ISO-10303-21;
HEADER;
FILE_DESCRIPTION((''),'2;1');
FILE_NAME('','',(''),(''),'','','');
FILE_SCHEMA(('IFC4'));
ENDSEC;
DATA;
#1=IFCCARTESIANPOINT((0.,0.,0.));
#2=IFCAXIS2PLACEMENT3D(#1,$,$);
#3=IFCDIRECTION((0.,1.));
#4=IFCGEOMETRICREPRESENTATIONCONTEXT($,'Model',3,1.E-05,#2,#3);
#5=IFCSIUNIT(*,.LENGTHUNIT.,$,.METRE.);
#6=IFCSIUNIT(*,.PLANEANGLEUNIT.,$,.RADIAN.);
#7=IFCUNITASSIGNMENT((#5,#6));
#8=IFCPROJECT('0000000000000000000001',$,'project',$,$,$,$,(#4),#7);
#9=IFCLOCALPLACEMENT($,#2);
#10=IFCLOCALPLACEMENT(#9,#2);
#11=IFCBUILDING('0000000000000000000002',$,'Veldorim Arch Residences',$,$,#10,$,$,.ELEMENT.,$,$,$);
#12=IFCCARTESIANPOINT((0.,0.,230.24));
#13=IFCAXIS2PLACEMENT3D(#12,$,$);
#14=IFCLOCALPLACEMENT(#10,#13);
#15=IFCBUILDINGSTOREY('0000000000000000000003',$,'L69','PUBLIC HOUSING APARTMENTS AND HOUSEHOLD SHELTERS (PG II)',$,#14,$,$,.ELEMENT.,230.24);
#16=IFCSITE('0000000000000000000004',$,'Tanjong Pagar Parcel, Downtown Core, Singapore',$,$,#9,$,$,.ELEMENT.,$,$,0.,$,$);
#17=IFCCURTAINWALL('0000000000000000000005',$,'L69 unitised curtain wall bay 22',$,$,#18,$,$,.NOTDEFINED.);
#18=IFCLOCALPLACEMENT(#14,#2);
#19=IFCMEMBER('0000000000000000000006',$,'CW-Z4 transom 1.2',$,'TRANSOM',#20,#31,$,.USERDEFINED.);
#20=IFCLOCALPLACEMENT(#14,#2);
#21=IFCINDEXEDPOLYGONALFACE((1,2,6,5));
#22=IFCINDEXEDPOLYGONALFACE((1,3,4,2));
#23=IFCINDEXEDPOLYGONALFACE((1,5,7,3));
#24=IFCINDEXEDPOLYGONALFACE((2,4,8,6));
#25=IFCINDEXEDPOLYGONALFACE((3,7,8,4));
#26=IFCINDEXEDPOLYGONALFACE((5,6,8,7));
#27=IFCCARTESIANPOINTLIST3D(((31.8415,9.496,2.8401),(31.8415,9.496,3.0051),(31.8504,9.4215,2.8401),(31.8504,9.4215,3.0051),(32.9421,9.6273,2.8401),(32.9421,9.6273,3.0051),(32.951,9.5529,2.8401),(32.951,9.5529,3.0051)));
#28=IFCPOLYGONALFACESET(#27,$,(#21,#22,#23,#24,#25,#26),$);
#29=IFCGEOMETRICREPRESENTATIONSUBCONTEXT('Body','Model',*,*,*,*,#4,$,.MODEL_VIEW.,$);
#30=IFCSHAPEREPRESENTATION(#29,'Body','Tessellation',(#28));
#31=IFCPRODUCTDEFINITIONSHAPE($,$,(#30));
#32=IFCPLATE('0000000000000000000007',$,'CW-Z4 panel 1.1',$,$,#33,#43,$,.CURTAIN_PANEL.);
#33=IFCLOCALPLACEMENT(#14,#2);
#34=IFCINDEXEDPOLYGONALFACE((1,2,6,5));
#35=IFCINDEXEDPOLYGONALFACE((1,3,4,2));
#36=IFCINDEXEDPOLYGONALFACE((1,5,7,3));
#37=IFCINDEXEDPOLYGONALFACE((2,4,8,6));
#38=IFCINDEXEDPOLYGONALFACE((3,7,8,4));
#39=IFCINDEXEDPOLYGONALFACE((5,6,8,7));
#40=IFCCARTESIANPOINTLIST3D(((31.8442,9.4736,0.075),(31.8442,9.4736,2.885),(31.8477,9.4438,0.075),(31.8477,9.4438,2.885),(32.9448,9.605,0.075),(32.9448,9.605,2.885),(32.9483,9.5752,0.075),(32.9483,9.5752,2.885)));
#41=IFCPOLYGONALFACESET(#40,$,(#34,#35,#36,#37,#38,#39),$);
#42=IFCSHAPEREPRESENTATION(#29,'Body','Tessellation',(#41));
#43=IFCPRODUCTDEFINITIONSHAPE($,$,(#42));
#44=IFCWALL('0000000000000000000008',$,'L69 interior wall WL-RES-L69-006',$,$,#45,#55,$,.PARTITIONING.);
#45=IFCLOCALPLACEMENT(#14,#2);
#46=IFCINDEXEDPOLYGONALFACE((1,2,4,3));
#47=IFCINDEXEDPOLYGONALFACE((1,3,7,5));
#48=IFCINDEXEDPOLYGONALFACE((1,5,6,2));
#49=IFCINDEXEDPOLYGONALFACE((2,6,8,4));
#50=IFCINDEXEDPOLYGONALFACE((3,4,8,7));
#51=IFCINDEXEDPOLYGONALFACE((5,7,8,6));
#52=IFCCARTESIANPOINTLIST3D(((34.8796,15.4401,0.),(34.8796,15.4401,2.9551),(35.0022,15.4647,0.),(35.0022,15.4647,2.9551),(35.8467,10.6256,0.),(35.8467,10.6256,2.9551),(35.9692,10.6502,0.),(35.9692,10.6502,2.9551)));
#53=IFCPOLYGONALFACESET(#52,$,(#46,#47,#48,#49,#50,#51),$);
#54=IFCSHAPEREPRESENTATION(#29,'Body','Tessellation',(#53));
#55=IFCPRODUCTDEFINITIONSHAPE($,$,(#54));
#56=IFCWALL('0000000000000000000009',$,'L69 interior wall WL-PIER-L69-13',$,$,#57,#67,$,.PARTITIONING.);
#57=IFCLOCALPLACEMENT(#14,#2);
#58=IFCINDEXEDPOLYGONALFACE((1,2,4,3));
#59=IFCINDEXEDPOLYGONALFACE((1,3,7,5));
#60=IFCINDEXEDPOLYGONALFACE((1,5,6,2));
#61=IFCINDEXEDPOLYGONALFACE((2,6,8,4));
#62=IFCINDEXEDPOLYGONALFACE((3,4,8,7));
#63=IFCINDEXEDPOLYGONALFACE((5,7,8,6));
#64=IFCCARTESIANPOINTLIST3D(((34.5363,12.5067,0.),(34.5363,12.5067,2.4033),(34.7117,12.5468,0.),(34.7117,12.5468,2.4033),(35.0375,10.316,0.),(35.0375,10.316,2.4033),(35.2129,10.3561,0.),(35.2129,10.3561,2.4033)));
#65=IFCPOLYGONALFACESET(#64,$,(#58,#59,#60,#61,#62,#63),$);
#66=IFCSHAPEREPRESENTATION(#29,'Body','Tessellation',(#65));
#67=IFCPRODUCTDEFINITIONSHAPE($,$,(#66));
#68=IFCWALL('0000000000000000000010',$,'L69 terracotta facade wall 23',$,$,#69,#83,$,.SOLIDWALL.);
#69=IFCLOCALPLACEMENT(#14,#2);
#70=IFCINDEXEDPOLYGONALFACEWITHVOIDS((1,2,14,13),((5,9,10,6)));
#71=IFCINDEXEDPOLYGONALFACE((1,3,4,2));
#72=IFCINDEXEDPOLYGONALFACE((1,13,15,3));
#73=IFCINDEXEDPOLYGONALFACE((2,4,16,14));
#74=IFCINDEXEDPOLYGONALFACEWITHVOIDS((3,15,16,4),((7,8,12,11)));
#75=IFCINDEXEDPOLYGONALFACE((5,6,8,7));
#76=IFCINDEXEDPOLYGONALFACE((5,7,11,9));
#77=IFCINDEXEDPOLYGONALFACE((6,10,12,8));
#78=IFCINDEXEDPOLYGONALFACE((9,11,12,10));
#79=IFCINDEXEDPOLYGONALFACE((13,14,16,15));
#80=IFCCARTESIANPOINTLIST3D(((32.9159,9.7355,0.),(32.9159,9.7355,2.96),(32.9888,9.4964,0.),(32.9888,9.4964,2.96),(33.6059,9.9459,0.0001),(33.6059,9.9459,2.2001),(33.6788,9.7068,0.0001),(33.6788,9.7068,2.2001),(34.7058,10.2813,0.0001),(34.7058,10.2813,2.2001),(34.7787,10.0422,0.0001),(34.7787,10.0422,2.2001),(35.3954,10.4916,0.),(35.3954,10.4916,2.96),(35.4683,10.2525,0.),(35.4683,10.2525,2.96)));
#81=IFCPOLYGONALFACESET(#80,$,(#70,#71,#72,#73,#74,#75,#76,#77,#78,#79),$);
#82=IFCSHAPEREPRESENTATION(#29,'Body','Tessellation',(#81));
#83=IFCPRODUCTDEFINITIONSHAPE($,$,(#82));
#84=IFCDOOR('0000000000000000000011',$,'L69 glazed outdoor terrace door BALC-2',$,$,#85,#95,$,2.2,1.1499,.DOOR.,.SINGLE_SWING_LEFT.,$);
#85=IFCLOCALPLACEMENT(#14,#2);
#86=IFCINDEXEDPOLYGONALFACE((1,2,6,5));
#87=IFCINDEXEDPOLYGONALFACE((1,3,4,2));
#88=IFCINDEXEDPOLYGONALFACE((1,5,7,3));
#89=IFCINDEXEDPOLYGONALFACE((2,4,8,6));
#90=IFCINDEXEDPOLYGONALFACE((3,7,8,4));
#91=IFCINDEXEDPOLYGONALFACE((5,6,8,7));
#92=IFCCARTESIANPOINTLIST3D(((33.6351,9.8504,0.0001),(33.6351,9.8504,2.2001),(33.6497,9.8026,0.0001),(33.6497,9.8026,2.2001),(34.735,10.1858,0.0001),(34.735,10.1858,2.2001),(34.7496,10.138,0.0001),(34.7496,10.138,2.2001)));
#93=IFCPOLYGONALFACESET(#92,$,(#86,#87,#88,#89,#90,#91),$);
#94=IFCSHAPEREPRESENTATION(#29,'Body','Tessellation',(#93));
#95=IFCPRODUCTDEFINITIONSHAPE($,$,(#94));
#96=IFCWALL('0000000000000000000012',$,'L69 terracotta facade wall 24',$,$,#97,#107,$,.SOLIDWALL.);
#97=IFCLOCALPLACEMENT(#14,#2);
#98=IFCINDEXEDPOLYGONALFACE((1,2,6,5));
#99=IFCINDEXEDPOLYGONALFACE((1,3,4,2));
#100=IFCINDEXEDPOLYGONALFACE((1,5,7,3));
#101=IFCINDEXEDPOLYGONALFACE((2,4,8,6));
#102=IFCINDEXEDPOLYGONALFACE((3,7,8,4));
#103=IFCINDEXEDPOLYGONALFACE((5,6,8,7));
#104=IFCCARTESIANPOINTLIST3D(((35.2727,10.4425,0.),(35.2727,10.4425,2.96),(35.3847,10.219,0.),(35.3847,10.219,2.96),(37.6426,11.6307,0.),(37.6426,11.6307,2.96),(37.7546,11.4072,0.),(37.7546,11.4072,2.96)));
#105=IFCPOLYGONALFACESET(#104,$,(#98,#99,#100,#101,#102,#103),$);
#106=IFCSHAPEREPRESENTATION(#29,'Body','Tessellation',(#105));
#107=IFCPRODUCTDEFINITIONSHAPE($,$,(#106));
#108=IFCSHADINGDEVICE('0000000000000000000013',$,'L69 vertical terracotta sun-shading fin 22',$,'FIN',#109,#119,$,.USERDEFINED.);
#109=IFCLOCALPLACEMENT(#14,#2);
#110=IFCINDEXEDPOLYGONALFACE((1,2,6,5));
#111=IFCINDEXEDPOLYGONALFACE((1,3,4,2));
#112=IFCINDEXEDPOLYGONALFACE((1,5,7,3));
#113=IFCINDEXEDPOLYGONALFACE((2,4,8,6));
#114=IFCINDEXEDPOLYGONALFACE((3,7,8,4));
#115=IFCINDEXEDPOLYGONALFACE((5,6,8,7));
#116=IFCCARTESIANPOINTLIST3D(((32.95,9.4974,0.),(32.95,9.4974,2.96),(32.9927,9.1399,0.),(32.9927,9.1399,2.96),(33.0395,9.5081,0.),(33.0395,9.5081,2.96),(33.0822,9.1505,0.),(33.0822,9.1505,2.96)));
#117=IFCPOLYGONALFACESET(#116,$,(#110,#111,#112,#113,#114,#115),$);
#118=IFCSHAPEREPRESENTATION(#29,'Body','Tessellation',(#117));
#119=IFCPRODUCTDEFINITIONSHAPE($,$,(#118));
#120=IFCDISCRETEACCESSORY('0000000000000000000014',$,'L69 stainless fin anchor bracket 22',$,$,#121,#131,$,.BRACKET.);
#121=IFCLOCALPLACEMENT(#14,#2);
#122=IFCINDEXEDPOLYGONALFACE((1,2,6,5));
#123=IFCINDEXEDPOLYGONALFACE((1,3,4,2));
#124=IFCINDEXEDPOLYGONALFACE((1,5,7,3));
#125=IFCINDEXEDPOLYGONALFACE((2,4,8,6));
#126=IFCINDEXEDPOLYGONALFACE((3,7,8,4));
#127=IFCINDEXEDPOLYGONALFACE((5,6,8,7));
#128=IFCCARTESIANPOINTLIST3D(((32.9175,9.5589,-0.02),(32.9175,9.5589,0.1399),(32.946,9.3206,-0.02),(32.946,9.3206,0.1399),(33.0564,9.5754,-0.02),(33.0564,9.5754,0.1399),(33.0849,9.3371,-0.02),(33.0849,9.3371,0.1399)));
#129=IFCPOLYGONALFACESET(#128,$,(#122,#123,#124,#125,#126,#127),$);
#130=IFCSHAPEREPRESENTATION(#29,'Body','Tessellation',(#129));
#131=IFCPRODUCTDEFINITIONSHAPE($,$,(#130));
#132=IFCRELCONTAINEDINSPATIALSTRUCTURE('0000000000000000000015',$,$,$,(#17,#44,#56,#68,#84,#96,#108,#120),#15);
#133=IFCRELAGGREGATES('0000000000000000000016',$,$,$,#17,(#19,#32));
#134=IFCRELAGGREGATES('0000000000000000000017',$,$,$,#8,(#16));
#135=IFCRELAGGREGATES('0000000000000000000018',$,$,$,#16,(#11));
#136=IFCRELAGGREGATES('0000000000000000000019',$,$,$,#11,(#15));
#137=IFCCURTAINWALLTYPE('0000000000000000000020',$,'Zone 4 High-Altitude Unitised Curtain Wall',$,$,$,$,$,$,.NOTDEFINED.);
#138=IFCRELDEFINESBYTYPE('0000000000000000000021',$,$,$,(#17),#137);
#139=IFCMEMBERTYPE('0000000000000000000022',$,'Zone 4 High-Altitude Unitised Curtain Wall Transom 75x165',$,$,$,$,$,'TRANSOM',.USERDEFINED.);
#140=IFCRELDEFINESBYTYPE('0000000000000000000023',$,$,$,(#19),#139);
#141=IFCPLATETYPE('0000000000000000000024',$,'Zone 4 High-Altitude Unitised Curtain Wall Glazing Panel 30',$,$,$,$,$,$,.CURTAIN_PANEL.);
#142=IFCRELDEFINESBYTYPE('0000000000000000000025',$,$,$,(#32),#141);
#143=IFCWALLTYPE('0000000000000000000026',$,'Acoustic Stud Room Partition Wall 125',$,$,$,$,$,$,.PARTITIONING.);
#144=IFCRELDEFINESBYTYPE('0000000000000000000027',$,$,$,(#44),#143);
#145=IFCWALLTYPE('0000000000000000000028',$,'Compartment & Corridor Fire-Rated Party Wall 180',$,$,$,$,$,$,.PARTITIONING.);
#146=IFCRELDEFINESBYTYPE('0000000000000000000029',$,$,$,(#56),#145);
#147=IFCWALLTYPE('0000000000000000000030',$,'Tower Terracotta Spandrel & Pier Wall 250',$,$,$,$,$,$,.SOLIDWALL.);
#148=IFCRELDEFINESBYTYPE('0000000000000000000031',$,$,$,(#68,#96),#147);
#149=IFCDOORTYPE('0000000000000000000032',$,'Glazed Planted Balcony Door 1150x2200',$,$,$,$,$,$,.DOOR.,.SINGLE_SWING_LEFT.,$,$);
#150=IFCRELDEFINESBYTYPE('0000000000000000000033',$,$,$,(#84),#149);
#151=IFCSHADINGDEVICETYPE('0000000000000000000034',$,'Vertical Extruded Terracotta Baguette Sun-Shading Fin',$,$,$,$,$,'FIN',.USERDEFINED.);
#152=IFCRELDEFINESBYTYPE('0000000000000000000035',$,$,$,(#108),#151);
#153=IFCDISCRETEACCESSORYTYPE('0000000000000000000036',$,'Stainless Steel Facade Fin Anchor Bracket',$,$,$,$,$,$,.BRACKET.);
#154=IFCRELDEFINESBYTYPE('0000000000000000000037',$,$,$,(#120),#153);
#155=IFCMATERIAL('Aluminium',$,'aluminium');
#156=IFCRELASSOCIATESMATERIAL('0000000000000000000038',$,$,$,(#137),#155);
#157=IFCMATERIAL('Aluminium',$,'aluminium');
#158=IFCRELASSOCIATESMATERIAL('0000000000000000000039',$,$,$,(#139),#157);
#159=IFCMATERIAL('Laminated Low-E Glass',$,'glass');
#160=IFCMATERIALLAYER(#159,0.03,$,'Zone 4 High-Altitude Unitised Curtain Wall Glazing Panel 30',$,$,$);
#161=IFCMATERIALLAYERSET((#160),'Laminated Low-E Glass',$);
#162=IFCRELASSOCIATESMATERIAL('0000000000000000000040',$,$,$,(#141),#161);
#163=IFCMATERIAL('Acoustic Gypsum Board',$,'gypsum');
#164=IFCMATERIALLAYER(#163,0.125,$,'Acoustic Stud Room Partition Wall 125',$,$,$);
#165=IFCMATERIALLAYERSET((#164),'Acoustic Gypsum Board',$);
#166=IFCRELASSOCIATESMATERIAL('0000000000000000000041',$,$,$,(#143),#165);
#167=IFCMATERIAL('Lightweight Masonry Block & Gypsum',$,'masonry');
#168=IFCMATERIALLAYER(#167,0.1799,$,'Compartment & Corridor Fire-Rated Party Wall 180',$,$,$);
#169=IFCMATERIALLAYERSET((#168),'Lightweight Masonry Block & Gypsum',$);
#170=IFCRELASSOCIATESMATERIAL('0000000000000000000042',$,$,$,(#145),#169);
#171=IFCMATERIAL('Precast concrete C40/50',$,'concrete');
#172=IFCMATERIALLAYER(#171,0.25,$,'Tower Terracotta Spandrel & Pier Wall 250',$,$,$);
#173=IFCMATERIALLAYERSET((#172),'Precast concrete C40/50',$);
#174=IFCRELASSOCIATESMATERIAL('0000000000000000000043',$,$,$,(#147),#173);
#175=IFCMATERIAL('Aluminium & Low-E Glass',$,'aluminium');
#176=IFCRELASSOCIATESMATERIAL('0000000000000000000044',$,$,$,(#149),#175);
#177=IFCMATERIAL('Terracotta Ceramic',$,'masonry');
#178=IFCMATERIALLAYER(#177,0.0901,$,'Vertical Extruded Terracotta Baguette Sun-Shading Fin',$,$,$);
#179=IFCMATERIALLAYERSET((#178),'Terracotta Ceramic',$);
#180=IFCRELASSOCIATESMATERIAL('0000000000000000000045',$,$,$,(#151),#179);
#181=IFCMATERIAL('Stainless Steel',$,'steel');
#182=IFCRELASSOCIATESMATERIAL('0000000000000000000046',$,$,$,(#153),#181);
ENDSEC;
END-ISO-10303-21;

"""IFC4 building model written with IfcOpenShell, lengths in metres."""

from ifc_helpers import new_model, si_unit, direction, frame, frame_2d, origin, origin_2d, place, context, subcontext, project, spatial, rectangle, extrude, material, layer, layer_set, material_profile, profile_set, type_object, element, fill, aggregate, save


model = new_model("IFC4")

# Units and contexts
model_context = context("Model", 3, precision=1e-05, world=origin(), true_north=direction((0.0, 1.0)))
body_context = subcontext(model_context, "Body", "Model", "MODEL_VIEW")
ifc_project = project(units=[si_unit("LENGTHUNIT", "METRE"), si_unit("PLANEANGLEUNIT", "RADIAN")], contexts=[model_context])

# Site, building, storey
site_placement = place(None, origin())
site = spatial("IfcSite", under=ifc_project, at=site_placement, Name="Tanjong Pagar Parcel, Downtown Core, Singapore", CompositionType="ELEMENT", RefElevation=0.0)
building_placement = place(site_placement, origin())
building = spatial("IfcBuilding", under=site, at=building_placement, Name="Veldorim Arch Residences", CompositionType="ELEMENT")
storey_placement = place(building_placement, frame((0.0, 0.0, 230.24)))
storey = spatial("IfcBuildingStorey", under=building, at=storey_placement, Name="L69", Description="PUBLIC HOUSING APARTMENTS AND HOUSEHOLD SHELTERS (PG II)", CompositionType="ELEMENT", Elevation=230.24)

# Curtain wall
ifc_material_1 = material(Name="Aluminium", Category="aluminium")
curtain_wall_type = type_object("IfcCurtainWallType", Name="Zone 4 High-Altitude Unitised Curtain Wall", PredefinedType="NOTDEFINED", material=ifc_material_1)
curtain_wall_1_placement = place(storey_placement, origin())
curtain_wall_1 = element("IfcCurtainWall", 1, at=curtain_wall_1_placement, inside=storey, type_object=curtain_wall_type, Name="L69 unitised curtain wall bay 22", PredefinedType="NOTDEFINED")

# Member
ifc_material_2 = material(Name="Aluminium", Category="aluminium")
ifc_material_profile_1 = material_profile(ifc_material_2, rectangle(XDim=0.075, YDim=0.165, at=origin_2d()), Name="ALU_TRN_75x165")
ifc_profile_set_1 = profile_set([ifc_material_profile_1], Name="Aluminium")
member_type_1 = type_object("IfcMemberType", Name="Zone 4 High-Altitude Unitised Curtain Wall Transom 75x165", ElementType="TRANSOM", PredefinedType="USERDEFINED", material=ifc_profile_set_1)
member_1_placement = place(storey_placement, frame((32.9465, 9.5901, 2.9226), z_axis=(-0.992954, -0.118502, 0.0), x_axis=(0.118502, -0.992954, 0.0)))
member_1 = element("IfcMember", 2, at=member_1_placement, type_object=member_type_1, Name="CW-Z4 transom 1.2", ObjectType="TRANSOM", PredefinedType="USERDEFINED", context=body_context, shape_type="SweptSolid", body=[
    extrude(rectangle(XDim=0.075, YDim=0.165, at=origin_2d()), origin(), (0.0, 0.0, 1.0), 1.1084),
])

# Plate
ifc_material_3 = material(Name="Laminated Low-E Glass", Category="glass")
ifc_layer_1 = layer(ifc_material_3, 0.03, Name="Zone 4 High-Altitude Unitised Curtain Wall Glazing Panel 30")
ifc_layer_set_1 = layer_set([ifc_layer_1], Name="Laminated Low-E Glass")
plate_type = type_object("IfcPlateType", Name="Zone 4 High-Altitude Unitised Curtain Wall Glazing Panel 30", PredefinedType="CURTAIN_PANEL", material=ifc_layer_set_1)
plate_placement = place(storey_placement, frame((32.3962, 9.5244, 0.075), z_axis=(0.0, 0.0, 1.0), x_axis=(-0.992953, -0.118509, 0.0)))
plate = element("IfcPlate", 3, at=plate_placement, type_object=plate_type, Name="CW-Z4 panel 1.1", PredefinedType="CURTAIN_PANEL", context=body_context, shape_type="SweptSolid", body=[
    extrude(rectangle(XDim=1.1084, YDim=0.03, at=origin_2d()), origin(), (0.0, 0.0, 1.0), 2.8101),
])
aggregate(curtain_wall_1, [member_1, plate])

# Walls
ifc_material_4 = material(Name="Acoustic Gypsum Board", Category="gypsum")
ifc_layer_2 = layer(ifc_material_4, 0.125, Name="Acoustic Stud Room Partition Wall 125")
ifc_layer_set_2 = layer_set([ifc_layer_2], Name="Acoustic Gypsum Board")
wall_type_1 = type_object("IfcWallType", Name="Acoustic Stud Room Partition Wall 125", PredefinedType="PARTITIONING", material=ifc_layer_set_2)
wall_1_placement = place(storey_placement, frame((35.908, 10.6379, 0.0), z_axis=(0.0, 0.0, 1.0), x_axis=(-0.196929, 0.980418, 0.0)))
element("IfcWall", 4, at=wall_1_placement, inside=storey, type_object=wall_type_1, Name="L69 interior wall WL-RES-L69-006", PredefinedType="PARTITIONING", context=body_context, shape_type="SweptSolid", body=[
    extrude(rectangle(XDim=4.9106, YDim=0.125, at=frame_2d((2.4553, 0.0))), origin(), (0.0, 0.0, 1.0), 2.9551),
])
ifc_material_5 = material(Name="Lightweight Masonry Block & Gypsum", Category="masonry")
ifc_layer_3 = layer(ifc_material_5, 0.1799, Name="Compartment & Corridor Fire-Rated Party Wall 180")
ifc_layer_set_3 = layer_set([ifc_layer_3], Name="Lightweight Masonry Block & Gypsum")
wall_type_2 = type_object("IfcWallType", Name="Compartment & Corridor Fire-Rated Party Wall 180", PredefinedType="PARTITIONING", material=ifc_layer_set_3)
wall_2_placement = place(storey_placement, frame((34.624, 12.5266, 0.0), z_axis=(0.0, 0.0, 1.0), x_axis=(0.223034, -0.974811, 0.0)))
element("IfcWall", 5, at=wall_2_placement, inside=storey, type_object=wall_type_2, Name="L69 interior wall WL-PIER-L69-13", PredefinedType="PARTITIONING", context=body_context, shape_type="SweptSolid", body=[
    extrude(rectangle(XDim=2.2473, YDim=0.1799, at=frame_2d((1.1235, 0.0))), origin(), (0.0, 0.0, 1.0), 2.4033),
])

# Wall, opening, door
ifc_material_6 = material(Name="Precast concrete C40/50", Category="concrete")
ifc_layer_4 = layer(ifc_material_6, 0.25, Name="Tower Terracotta Spandrel & Pier Wall 250")
ifc_layer_set_4 = layer_set([ifc_layer_4], Name="Precast concrete C40/50")
wall_type_3 = type_object("IfcWallType", Name="Tower Terracotta Spandrel & Pier Wall 250", PredefinedType="SOLIDWALL", material=ifc_layer_set_4)
wall_3_placement = place(storey_placement, frame((35.4319, 10.3721, 0.0), z_axis=(0.0, 0.0, 1.0), x_axis=(-0.956515, -0.291683, 0.0)))
wall_3 = element("IfcWall", 6, at=wall_3_placement, inside=storey, type_object=wall_type_3, Name="L69 terracotta facade wall 23", PredefinedType="SOLIDWALL", context=body_context, shape_type="SweptSolid", body=[
    extrude(rectangle(XDim=2.5923, YDim=0.25, at=frame_2d((1.2961, 0.0))), origin(), (0.0, 0.0, 1.0), 2.96),
])
opening_placement = place(wall_3_placement, frame((0.7209, 0.0, 0.0)))
opening = element("IfcOpeningElement", 7, at=opening_placement, cuts=wall_3, PredefinedType="OPENING", context=body_context, shape_type="SweptSolid", body=[
    extrude(rectangle(XDim=1.1499, YDim=2.2, at=frame_2d((0.575, 1.1001))), frame((0.0, 0.135, 0.0), z_axis=(0.0, -1.0, 0.0), x_axis=(1.0, 0.0, 0.0)), (0.0, 0.0, 1.0), 0.27),
])
ifc_material_7 = material(Name="Aluminium & Low-E Glass", Category="aluminium")
door_type = type_object("IfcDoorType", Name="Glazed Planted Balcony Door 1150x2200", OperationType="SINGLE_SWING_LEFT", PredefinedType="DOOR", material=ifc_material_7)
door_placement = place(opening_placement, origin())
door = element("IfcDoor", 8, at=door_placement, inside=storey, type_object=door_type, Name="L69 glazed outdoor terrace door BALC-2", OperationType="SINGLE_SWING_LEFT", OverallHeight=2.2, OverallWidth=1.1499, PredefinedType="DOOR", context=body_context, shape_type="SweptSolid", body=[
    extrude(rectangle(XDim=1.1499, YDim=2.2, at=frame_2d((0.575, 1.1001))), frame((0.0, 0.0249, 0.0), z_axis=(0.0, -1.0, 0.0), x_axis=(1.0, 0.0, 0.0)), (0.0, 0.0, 1.0), 0.05),
])
fill(opening, door)

# Wall
wall_4_placement = place(storey_placement, frame((37.6987, 11.519, 0.0), z_axis=(0.0, 0.0, 1.0), x_axis=(-0.893929, -0.448208, 0.0)))
element("IfcWall", 9, at=wall_4_placement, inside=storey, type_object=wall_type_3, Name="L69 terracotta facade wall 24", PredefinedType="SOLIDWALL", context=body_context, shape_type="SweptSolid", body=[
    extrude(rectangle(XDim=2.6511, YDim=0.25, at=frame_2d((1.3257, 0.0))), origin(), (0.0, 0.0, 1.0), 2.96),
])

# Shading device
ifc_material_8 = material(Name="Terracotta Ceramic", Category="masonry")
ifc_layer_5 = layer(ifc_material_8, 0.0901, Name="Vertical Extruded Terracotta Baguette Sun-Shading Fin")
ifc_layer_set_5 = layer_set([ifc_layer_5], Name="Terracotta Ceramic")
shading_device_type = type_object("IfcShadingDeviceType", Name="Vertical Extruded Terracotta Baguette Sun-Shading Fin", ElementType="FIN", PredefinedType="USERDEFINED", material=ifc_layer_set_5)
shading_device_placement = place(storey_placement, frame((33.0161, 9.324, 0.0), z_axis=(0.0, 0.0, 1.0), x_axis=(-0.992945, -0.118577, 0.0)))
element("IfcShadingDevice", 10, at=shading_device_placement, inside=storey, type_object=shading_device_type, Name="L69 vertical terracotta sun-shading fin 22", ObjectType="FIN", PredefinedType="USERDEFINED", context=body_context, shape_type="SweptSolid", body=[
    extrude(rectangle(XDim=0.0901, YDim=0.3601, at=origin_2d()), origin(), (0.0, 0.0, 1.0), 2.96),
])

# Discrete accessory
ifc_material_9 = material(Name="Stainless Steel", Category="steel")
discrete_accessory_type = type_object("IfcDiscreteAccessoryType", Name="Stainless Steel Facade Fin Anchor Bracket", PredefinedType="BRACKET", material=ifc_material_9)
discrete_accessory_placement = place(storey_placement, frame((33.0012, 9.448, -0.02), z_axis=(0.0, 0.0, 1.0), x_axis=(-0.992945, -0.118577, 0.0)))
element("IfcDiscreteAccessory", 11, at=discrete_accessory_placement, inside=storey, type_object=discrete_accessory_type, Name="L69 stainless fin anchor bracket 22", PredefinedType="BRACKET", context=body_context, shape_type="SweptSolid", body=[
    extrude(rectangle(XDim=0.1399, YDim=0.24, at=origin_2d()), origin(), (0.0, 0.0, 1.0), 0.1599),
])

save(model, "model.ifc")
